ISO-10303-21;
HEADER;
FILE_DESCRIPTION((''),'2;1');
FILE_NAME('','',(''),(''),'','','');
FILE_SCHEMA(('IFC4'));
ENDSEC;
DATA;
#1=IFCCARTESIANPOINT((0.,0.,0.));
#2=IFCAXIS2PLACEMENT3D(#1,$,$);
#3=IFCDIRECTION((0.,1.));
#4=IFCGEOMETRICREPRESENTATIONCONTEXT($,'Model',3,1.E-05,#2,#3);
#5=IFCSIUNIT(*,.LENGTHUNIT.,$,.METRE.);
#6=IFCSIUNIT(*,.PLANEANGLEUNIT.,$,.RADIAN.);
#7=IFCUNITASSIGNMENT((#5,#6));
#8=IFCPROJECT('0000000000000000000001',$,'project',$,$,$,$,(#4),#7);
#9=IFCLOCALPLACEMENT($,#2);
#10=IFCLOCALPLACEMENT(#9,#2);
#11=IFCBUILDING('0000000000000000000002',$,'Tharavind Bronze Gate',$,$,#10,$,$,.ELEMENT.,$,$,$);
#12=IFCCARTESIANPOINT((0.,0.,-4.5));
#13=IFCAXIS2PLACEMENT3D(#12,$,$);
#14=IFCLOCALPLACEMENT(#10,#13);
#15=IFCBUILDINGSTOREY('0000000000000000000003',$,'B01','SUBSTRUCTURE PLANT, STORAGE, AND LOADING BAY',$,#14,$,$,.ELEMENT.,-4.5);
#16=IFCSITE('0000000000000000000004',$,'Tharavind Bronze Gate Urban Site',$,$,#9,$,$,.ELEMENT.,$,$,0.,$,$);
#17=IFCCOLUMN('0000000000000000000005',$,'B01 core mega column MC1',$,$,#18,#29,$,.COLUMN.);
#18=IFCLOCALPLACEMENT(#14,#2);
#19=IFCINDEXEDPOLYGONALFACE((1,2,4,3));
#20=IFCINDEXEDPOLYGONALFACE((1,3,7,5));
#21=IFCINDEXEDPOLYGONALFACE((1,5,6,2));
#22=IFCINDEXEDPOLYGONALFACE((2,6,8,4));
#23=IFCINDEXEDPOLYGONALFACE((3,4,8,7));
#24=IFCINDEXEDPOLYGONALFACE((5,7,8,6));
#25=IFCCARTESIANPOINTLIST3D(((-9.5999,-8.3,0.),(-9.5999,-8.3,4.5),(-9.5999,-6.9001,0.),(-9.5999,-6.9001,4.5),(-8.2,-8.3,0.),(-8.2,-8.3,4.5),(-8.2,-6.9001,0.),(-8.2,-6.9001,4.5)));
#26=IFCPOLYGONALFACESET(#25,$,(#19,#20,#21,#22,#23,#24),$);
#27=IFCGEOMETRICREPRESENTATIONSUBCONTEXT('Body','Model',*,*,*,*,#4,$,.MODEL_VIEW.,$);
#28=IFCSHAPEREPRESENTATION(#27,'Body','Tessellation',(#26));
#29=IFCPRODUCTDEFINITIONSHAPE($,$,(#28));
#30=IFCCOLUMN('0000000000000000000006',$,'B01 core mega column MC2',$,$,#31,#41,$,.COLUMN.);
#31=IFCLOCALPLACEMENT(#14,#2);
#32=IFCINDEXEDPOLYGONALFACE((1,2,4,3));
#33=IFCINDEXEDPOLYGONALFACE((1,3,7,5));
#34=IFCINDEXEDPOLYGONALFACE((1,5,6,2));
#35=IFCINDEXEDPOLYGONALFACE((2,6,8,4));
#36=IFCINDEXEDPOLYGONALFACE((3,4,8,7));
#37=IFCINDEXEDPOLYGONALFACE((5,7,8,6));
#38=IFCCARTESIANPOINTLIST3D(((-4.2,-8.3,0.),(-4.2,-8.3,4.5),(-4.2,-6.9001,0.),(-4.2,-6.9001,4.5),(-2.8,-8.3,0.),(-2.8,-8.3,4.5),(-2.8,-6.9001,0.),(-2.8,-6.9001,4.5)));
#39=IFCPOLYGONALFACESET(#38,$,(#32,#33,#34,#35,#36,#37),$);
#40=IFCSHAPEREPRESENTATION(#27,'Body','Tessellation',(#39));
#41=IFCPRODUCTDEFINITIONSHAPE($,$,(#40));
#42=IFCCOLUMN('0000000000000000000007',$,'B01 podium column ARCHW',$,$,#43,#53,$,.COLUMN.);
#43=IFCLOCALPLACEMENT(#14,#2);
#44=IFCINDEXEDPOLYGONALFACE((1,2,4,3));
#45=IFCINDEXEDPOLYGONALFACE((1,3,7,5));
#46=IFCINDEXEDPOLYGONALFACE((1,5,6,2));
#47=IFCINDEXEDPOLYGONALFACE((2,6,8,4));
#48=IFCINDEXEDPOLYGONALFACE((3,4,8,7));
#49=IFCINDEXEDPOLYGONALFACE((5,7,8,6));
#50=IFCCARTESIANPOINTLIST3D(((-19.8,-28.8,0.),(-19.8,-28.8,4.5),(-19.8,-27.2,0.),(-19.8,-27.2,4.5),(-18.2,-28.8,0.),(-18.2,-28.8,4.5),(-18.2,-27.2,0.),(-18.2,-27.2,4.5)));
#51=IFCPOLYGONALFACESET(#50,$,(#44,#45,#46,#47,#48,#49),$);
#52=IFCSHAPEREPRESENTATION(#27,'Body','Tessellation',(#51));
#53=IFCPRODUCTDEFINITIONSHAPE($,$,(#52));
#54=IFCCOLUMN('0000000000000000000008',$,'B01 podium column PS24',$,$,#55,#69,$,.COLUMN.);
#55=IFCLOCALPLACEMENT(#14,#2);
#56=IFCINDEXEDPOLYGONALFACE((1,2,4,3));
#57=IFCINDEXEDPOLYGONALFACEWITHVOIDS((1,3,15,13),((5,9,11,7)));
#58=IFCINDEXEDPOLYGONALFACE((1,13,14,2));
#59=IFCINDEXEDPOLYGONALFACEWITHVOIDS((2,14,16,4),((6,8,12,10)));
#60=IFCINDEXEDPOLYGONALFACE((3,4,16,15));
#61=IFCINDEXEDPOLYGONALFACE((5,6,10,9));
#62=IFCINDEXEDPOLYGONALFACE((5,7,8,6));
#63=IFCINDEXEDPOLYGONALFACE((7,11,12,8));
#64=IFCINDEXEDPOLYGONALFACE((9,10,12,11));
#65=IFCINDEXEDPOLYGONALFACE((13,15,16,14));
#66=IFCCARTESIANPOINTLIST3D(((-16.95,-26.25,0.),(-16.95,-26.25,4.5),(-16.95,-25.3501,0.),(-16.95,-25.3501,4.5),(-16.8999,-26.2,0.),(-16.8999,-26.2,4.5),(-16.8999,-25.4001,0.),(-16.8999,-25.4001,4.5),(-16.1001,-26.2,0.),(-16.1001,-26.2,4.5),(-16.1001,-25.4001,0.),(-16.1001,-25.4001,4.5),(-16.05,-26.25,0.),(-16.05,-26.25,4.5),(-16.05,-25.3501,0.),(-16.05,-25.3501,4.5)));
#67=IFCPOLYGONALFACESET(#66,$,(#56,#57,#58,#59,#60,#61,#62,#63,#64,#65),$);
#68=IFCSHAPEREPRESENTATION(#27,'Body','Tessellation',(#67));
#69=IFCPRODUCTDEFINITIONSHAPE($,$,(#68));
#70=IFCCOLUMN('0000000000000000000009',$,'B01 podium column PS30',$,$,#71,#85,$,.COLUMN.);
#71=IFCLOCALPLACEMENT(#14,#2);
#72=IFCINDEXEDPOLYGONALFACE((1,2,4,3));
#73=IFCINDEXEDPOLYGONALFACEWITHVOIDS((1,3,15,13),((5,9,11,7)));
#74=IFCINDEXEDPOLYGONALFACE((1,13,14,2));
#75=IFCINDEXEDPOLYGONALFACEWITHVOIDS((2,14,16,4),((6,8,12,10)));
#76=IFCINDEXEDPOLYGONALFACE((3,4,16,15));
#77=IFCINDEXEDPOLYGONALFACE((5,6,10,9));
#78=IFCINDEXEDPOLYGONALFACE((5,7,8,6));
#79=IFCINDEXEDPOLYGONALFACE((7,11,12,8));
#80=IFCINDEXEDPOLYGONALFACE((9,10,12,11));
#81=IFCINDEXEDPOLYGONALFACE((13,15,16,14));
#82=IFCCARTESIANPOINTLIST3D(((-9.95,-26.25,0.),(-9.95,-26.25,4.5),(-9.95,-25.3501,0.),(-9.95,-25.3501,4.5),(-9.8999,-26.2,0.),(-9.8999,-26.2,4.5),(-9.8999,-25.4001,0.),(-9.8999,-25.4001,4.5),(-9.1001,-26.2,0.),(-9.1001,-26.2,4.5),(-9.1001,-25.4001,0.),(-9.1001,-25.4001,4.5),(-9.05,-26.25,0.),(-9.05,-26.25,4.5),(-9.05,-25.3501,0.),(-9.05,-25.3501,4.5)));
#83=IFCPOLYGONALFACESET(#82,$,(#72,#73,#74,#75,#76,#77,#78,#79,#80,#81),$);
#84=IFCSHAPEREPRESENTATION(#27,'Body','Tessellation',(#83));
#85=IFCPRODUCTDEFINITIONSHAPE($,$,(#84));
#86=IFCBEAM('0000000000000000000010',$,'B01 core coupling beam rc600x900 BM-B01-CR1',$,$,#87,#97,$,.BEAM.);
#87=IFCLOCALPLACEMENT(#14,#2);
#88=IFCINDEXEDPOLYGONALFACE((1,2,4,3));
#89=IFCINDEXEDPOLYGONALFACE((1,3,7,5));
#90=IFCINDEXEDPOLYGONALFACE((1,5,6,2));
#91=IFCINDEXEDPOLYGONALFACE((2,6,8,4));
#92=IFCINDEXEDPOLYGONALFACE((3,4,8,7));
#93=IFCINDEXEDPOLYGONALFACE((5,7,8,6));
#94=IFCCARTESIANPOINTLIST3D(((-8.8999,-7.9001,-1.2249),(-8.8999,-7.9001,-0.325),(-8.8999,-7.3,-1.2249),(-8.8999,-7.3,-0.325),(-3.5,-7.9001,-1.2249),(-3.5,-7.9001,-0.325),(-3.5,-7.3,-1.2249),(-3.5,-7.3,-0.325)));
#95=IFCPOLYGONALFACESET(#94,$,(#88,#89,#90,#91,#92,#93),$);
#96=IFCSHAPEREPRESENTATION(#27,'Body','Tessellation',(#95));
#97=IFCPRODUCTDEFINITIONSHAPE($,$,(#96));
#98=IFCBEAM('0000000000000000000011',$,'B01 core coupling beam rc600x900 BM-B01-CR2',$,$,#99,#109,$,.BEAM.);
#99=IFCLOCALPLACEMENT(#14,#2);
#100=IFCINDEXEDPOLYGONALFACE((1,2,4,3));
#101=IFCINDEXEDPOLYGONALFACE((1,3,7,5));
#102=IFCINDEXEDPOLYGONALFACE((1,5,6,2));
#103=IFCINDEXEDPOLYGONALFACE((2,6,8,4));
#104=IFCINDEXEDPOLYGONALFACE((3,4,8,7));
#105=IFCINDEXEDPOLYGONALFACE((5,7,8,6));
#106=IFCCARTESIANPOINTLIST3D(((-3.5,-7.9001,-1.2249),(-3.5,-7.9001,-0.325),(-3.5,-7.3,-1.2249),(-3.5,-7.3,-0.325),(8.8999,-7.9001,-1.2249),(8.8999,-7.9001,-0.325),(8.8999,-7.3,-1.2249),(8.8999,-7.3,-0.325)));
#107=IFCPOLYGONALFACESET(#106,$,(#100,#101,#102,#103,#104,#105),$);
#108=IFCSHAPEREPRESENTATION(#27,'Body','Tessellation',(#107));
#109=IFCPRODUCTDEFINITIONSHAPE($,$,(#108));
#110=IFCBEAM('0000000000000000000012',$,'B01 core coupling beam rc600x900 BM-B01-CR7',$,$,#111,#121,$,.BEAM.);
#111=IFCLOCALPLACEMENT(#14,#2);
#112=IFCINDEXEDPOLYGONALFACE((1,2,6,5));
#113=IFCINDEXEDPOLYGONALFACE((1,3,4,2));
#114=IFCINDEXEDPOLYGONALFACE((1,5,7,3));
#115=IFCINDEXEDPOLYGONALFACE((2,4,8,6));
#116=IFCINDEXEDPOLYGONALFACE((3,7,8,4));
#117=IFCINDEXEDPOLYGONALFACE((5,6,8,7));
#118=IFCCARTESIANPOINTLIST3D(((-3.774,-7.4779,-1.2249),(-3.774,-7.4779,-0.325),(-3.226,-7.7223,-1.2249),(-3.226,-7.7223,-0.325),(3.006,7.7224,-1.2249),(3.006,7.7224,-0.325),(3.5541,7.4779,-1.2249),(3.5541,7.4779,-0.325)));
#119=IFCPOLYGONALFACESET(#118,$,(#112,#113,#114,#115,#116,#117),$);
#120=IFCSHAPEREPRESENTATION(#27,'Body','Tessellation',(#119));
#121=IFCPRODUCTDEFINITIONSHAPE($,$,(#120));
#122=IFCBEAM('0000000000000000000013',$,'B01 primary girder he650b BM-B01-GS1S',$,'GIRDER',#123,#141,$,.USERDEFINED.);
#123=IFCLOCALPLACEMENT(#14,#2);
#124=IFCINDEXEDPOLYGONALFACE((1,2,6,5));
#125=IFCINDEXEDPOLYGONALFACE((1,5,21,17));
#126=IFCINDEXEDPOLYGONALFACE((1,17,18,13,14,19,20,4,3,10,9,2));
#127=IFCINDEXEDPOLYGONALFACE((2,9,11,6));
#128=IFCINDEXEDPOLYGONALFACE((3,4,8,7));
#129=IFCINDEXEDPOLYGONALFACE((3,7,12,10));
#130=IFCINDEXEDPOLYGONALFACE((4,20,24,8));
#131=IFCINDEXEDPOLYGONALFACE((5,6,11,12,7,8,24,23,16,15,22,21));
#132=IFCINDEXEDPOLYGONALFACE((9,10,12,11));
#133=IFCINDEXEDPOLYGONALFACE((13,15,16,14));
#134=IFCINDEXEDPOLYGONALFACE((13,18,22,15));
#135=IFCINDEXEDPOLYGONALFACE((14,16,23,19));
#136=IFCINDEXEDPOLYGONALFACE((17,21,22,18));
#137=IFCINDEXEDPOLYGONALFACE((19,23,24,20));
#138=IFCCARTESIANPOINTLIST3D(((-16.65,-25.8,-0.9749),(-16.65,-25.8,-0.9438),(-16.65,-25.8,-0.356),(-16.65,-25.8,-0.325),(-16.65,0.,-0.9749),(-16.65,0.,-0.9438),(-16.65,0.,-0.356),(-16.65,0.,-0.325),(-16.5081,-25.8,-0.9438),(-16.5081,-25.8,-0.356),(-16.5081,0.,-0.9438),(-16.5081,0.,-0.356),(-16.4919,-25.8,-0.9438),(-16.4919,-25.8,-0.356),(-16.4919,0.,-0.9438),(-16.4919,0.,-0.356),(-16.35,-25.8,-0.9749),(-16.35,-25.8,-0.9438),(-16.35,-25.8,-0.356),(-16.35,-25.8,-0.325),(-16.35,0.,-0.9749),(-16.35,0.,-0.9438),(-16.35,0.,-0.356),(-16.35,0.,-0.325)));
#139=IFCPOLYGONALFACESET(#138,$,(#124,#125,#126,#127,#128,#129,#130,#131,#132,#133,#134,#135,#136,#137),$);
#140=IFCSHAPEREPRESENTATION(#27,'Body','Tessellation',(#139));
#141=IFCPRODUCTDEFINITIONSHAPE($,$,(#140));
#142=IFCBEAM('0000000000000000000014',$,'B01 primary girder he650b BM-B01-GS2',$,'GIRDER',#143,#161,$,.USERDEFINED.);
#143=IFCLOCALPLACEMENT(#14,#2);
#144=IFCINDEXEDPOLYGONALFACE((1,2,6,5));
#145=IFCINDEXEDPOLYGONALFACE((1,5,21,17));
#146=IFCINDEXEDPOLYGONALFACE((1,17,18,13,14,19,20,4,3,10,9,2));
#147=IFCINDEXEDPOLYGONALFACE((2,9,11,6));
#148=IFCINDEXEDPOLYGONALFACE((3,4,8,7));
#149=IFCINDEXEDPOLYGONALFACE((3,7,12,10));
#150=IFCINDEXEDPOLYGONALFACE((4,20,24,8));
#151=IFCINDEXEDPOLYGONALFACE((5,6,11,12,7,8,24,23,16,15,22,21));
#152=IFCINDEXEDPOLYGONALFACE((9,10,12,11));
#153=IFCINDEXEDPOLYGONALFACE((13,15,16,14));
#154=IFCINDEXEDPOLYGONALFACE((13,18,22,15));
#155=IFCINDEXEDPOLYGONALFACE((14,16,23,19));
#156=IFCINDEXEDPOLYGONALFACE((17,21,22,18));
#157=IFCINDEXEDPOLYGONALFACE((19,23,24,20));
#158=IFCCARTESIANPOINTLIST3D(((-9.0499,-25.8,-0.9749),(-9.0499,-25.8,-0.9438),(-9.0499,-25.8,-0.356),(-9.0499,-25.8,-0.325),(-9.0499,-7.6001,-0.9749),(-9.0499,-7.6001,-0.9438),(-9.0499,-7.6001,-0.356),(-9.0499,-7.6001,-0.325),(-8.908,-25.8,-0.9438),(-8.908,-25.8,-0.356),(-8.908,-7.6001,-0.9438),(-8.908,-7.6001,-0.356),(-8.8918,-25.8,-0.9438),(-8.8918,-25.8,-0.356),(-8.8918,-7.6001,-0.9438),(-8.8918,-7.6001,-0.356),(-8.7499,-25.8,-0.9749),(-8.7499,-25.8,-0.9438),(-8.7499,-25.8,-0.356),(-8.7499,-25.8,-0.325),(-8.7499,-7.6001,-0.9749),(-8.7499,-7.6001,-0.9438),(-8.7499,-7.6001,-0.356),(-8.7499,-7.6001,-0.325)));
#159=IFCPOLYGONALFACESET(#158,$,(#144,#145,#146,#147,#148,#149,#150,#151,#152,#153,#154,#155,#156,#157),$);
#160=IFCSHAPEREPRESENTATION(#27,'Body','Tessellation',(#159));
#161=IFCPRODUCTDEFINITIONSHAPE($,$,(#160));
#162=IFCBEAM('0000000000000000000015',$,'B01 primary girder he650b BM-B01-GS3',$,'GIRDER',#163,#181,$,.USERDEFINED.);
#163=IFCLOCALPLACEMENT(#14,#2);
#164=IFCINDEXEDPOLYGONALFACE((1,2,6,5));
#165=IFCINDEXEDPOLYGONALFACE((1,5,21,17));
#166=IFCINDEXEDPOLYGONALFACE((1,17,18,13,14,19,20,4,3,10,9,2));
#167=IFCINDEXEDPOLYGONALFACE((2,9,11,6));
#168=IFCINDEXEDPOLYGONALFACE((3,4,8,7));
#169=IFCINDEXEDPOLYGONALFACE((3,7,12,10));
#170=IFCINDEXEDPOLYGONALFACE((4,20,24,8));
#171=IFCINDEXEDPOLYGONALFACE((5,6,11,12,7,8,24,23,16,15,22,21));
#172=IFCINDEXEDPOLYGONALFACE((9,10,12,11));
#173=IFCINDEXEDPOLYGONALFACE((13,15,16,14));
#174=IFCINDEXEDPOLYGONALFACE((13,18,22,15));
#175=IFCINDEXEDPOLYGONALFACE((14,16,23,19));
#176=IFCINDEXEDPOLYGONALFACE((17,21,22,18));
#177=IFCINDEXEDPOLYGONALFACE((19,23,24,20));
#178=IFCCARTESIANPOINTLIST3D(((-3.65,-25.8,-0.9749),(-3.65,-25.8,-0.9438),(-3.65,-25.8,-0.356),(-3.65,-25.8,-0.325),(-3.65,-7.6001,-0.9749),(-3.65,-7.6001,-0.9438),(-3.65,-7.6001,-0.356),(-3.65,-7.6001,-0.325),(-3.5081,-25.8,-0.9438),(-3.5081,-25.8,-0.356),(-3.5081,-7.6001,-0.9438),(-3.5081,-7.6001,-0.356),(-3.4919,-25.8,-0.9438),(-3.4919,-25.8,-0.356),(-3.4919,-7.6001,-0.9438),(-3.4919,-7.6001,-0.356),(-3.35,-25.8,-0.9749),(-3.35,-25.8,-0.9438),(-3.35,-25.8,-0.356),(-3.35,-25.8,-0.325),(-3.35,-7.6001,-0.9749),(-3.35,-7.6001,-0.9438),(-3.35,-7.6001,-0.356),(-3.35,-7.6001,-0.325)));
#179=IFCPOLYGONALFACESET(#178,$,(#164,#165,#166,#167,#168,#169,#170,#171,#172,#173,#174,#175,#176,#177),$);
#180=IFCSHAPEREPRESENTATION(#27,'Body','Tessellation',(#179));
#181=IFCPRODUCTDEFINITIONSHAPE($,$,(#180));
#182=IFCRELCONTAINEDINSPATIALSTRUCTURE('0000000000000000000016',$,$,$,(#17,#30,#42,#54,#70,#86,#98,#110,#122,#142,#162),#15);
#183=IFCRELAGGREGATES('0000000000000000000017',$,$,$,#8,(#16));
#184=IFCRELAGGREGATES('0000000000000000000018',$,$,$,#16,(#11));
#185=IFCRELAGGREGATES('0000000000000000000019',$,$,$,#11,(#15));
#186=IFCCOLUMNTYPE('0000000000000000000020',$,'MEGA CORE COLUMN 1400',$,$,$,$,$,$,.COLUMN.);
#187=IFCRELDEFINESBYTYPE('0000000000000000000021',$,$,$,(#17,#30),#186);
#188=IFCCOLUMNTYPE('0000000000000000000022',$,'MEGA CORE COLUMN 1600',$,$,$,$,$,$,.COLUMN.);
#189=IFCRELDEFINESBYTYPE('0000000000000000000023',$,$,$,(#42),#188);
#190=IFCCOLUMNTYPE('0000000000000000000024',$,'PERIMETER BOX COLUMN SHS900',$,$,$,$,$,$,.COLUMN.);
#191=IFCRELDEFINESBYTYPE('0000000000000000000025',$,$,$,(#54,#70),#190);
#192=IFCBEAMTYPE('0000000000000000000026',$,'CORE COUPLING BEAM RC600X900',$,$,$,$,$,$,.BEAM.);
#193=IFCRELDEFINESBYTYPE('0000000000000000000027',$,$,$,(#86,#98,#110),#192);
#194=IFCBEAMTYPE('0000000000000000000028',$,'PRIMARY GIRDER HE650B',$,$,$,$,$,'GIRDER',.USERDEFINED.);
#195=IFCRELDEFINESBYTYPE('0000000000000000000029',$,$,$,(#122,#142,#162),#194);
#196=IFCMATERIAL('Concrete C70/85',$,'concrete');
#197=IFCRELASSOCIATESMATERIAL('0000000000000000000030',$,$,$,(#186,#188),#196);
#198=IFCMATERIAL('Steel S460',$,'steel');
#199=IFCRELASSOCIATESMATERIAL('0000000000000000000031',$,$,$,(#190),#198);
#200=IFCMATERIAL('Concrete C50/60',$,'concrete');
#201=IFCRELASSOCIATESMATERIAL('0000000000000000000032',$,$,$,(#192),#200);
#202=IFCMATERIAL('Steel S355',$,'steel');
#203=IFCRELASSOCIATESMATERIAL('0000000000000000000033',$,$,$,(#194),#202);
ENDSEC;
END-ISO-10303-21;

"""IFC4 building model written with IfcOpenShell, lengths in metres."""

from ifc_helpers import new_model, si_unit, direction, frame, origin, origin_2d, place, context, subcontext, project, spatial, rectangle, hollow_rectangle, i_section, extrude, material, material_profile, profile_set, type_object, element, save


model = new_model("IFC4")

# Units and contexts
model_context = context("Model", 3, precision=1e-05, world=origin(), true_north=direction((0.0, 1.0)))
body_context = subcontext(model_context, "Body", "Model", "MODEL_VIEW")
ifc_project = project(units=[si_unit("LENGTHUNIT", "METRE"), si_unit("PLANEANGLEUNIT", "RADIAN")], contexts=[model_context])

# Site, building, storey
site_placement = place(None, origin())
site = spatial("IfcSite", under=ifc_project, at=site_placement, Name="Tharavind Bronze Gate Urban Site", CompositionType="ELEMENT", RefElevation=0.0)
building_placement = place(site_placement, origin())
building = spatial("IfcBuilding", under=site, at=building_placement, Name="Tharavind Bronze Gate", CompositionType="ELEMENT")
storey_placement = place(building_placement, frame((0.0, 0.0, -4.5)))
storey = spatial("IfcBuildingStorey", under=building, at=storey_placement, Name="B01", Description="SUBSTRUCTURE PLANT, STORAGE, AND LOADING BAY", CompositionType="ELEMENT", Elevation=-4.5)

# Columns
ifc_material_1 = material(Name="Concrete C70/85", Category="concrete")
ifc_material_profile_1 = material_profile(ifc_material_1, rectangle(XDim=1.3999, YDim=1.3999, at=origin_2d()), Name="RCCOL1400")
ifc_profile_set_1 = profile_set([ifc_material_profile_1], Name="Concrete C70/85")
column_type_1 = type_object("IfcColumnType", Name="MEGA CORE COLUMN 1400", PredefinedType="COLUMN", material=ifc_profile_set_1)
for number, where, z_axis, x_axis, name in (
    (1, (-8.8999, -7.6001, 0.0), (0.0, 0.0, 1.0), (1.0, 0.0, 0.0), "B01 core mega column MC1"),
    (2, (-3.5, -7.6001, 0.0), (0.0, 0.0, 1.0), (1.0, 0.0, 0.0), "B01 core mega column MC2"),
):
    element("IfcColumn", number, at=place(storey_placement, frame(where, z_axis=z_axis, x_axis=x_axis)), inside=storey, type_object=column_type_1, Name=name, PredefinedType="COLUMN", context=body_context, shape_type="SweptSolid", body=[
        extrude(rectangle(XDim=1.3999, YDim=1.3999, at=origin_2d()), origin(), (0.0, 0.0, 1.0), 4.5),
    ])
ifc_material_profile_2 = material_profile(ifc_material_1, rectangle(XDim=1.6001, YDim=1.6001, at=origin_2d()), Name="RCCOL1600")
ifc_profile_set_2 = profile_set([ifc_material_profile_2], Name="Concrete C70/85")
column_type_2 = type_object("IfcColumnType", Name="MEGA CORE COLUMN 1600", PredefinedType="COLUMN", material=ifc_profile_set_2)
column_placement = place(storey_placement, frame((-19.0, -28.0, 0.0), z_axis=(0.0, 0.0, 1.0), x_axis=(1.0, 0.0, 0.0)))
element("IfcColumn", 3, at=column_placement, inside=storey, type_object=column_type_2, Name="B01 podium column ARCHW", PredefinedType="COLUMN", context=body_context, shape_type="SweptSolid", body=[
    extrude(rectangle(XDim=1.6001, YDim=1.6001, at=origin_2d()), origin(), (0.0, 0.0, 1.0), 4.5),
])
ifc_material_2 = material(Name="Steel S460", Category="steel")
ifc_material_profile_3 = material_profile(ifc_material_2, hollow_rectangle(XDim=0.8999, YDim=0.8999, WallThickness=0.05, at=origin_2d()), Name="SHS900X50")
ifc_profile_set_3 = profile_set([ifc_material_profile_3], Name="Steel S460")
column_type_3 = type_object("IfcColumnType", Name="PERIMETER BOX COLUMN SHS900", PredefinedType="COLUMN", material=ifc_profile_set_3)
for number, where, z_axis, x_axis, name in (
    (4, (-16.5, -25.8, 0.0), (0.0, 0.0, 1.0), (1.0, 0.0, 0.0), "B01 podium column PS24"),
    (5, (-9.5, -25.8, 0.0), (0.0, 0.0, 1.0), (1.0, 0.0, 0.0), "B01 podium column PS30"),
):
    element("IfcColumn", number, at=place(storey_placement, frame(where, z_axis=z_axis, x_axis=x_axis)), inside=storey, type_object=column_type_3, Name=name, PredefinedType="COLUMN", context=body_context, shape_type="SweptSolid", body=[
        extrude(hollow_rectangle(XDim=0.8999, YDim=0.8999, WallThickness=0.05, at=origin_2d()), origin(), (0.0, 0.0, 1.0), 4.5),
    ])

# Beams
ifc_material_3 = material(Name="Concrete C50/60", Category="concrete")
ifc_material_profile_4 = material_profile(ifc_material_3, rectangle(XDim=0.6001, YDim=0.8999, at=origin_2d()), Name="RCBM600X900")
ifc_profile_set_4 = profile_set([ifc_material_profile_4], Name="Concrete C50/60")
beam_type_1 = type_object("IfcBeamType", Name="CORE COUPLING BEAM RC600X900", PredefinedType="BEAM", material=ifc_profile_set_4)
beam_1_placement = place(storey_placement, frame((-8.8999, -7.6001, -0.7749), z_axis=(1.0, 0.0, 0.0), x_axis=(0.0, 1.0, 0.0)))
element("IfcBeam", 6, at=beam_1_placement, inside=storey, type_object=beam_type_1, Name="B01 core coupling beam rc600x900 BM-B01-CR1", PredefinedType="BEAM", context=body_context, shape_type="SweptSolid", body=[
    extrude(rectangle(XDim=0.6001, YDim=0.8999, at=origin_2d()), origin(), (0.0, 0.0, 1.0), 5.3999),
])
beam_2_placement = place(storey_placement, frame((-3.5, -7.6001, -0.7749), z_axis=(1.0, 0.0, 0.0), x_axis=(0.0, 1.0, 0.0)))
element("IfcBeam", 7, at=beam_2_placement, inside=storey, type_object=beam_type_1, Name="B01 core coupling beam rc600x900 BM-B01-CR2", PredefinedType="BEAM", context=body_context, shape_type="SweptSolid", body=[
    extrude(rectangle(XDim=0.6001, YDim=0.8999, at=origin_2d()), origin(), (0.0, 0.0, 1.0), 12.3999),
])
beam_3_placement = place(storey_placement, frame((-3.5, -7.6001, -0.7749), z_axis=(0.407362, 0.913267, 0.0), x_axis=(-0.913267, 0.407362, 0.0)))
element("IfcBeam", 8, at=beam_3_placement, inside=storey, type_object=beam_type_1, Name="B01 core coupling beam rc600x900 BM-B01-CR7", PredefinedType="BEAM", context=body_context, shape_type="SweptSolid", body=[
    extrude(rectangle(XDim=0.6001, YDim=0.8999, at=origin_2d()), origin(), (0.0, 0.0, 1.0), 16.6438),
])
ifc_material_4 = material(Name="Steel S355", Category="steel")
ifc_material_profile_5 = material_profile(ifc_material_4, i_section(OverallWidth=0.3, OverallDepth=0.6499, WebThickness=0.0161, FlangeThickness=0.031, at=origin_2d()), Name="HE650B")
ifc_profile_set_5 = profile_set([ifc_material_profile_5], Name="Steel S355")
beam_type_2 = type_object("IfcBeamType", Name="PRIMARY GIRDER HE650B", ElementType="GIRDER", PredefinedType="USERDEFINED", material=ifc_profile_set_5)
beam_4_placement = place(storey_placement, frame((-16.5, -25.8, -0.6499), z_axis=(0.0, 1.0, 0.0), x_axis=(-1.0, 0.0, 0.0)))
element("IfcBeam", 9, at=beam_4_placement, inside=storey, type_object=beam_type_2, Name="B01 primary girder he650b BM-B01-GS1S", ObjectType="GIRDER", PredefinedType="USERDEFINED", context=body_context, shape_type="SweptSolid", body=[
    extrude(i_section(OverallWidth=0.3, OverallDepth=0.6499, WebThickness=0.0161, FlangeThickness=0.031, at=origin_2d()), origin(), (0.0, 0.0, 1.0), 25.8),
])
for number, where, z_axis, x_axis, name in (
    (10, (-8.8999, -25.8, -0.6499), (0.0, 1.0, 0.0), (-1.0, 0.0, 0.0), "B01 primary girder he650b BM-B01-GS2"),
    (11, (-3.5, -25.8, -0.6499), (0.0, 1.0, 0.0), (-1.0, 0.0, 0.0), "B01 primary girder he650b BM-B01-GS3"),
):
    element("IfcBeam", number, at=place(storey_placement, frame(where, z_axis=z_axis, x_axis=x_axis)), inside=storey, type_object=beam_type_2, Name=name, ObjectType="GIRDER", PredefinedType="USERDEFINED", context=body_context, shape_type="SweptSolid", body=[
        extrude(i_section(OverallWidth=0.3, OverallDepth=0.6499, WebThickness=0.0161, FlangeThickness=0.031, at=origin_2d()), origin(), (0.0, 0.0, 1.0), 18.2),
    ])

save(model, "model.ifc")
